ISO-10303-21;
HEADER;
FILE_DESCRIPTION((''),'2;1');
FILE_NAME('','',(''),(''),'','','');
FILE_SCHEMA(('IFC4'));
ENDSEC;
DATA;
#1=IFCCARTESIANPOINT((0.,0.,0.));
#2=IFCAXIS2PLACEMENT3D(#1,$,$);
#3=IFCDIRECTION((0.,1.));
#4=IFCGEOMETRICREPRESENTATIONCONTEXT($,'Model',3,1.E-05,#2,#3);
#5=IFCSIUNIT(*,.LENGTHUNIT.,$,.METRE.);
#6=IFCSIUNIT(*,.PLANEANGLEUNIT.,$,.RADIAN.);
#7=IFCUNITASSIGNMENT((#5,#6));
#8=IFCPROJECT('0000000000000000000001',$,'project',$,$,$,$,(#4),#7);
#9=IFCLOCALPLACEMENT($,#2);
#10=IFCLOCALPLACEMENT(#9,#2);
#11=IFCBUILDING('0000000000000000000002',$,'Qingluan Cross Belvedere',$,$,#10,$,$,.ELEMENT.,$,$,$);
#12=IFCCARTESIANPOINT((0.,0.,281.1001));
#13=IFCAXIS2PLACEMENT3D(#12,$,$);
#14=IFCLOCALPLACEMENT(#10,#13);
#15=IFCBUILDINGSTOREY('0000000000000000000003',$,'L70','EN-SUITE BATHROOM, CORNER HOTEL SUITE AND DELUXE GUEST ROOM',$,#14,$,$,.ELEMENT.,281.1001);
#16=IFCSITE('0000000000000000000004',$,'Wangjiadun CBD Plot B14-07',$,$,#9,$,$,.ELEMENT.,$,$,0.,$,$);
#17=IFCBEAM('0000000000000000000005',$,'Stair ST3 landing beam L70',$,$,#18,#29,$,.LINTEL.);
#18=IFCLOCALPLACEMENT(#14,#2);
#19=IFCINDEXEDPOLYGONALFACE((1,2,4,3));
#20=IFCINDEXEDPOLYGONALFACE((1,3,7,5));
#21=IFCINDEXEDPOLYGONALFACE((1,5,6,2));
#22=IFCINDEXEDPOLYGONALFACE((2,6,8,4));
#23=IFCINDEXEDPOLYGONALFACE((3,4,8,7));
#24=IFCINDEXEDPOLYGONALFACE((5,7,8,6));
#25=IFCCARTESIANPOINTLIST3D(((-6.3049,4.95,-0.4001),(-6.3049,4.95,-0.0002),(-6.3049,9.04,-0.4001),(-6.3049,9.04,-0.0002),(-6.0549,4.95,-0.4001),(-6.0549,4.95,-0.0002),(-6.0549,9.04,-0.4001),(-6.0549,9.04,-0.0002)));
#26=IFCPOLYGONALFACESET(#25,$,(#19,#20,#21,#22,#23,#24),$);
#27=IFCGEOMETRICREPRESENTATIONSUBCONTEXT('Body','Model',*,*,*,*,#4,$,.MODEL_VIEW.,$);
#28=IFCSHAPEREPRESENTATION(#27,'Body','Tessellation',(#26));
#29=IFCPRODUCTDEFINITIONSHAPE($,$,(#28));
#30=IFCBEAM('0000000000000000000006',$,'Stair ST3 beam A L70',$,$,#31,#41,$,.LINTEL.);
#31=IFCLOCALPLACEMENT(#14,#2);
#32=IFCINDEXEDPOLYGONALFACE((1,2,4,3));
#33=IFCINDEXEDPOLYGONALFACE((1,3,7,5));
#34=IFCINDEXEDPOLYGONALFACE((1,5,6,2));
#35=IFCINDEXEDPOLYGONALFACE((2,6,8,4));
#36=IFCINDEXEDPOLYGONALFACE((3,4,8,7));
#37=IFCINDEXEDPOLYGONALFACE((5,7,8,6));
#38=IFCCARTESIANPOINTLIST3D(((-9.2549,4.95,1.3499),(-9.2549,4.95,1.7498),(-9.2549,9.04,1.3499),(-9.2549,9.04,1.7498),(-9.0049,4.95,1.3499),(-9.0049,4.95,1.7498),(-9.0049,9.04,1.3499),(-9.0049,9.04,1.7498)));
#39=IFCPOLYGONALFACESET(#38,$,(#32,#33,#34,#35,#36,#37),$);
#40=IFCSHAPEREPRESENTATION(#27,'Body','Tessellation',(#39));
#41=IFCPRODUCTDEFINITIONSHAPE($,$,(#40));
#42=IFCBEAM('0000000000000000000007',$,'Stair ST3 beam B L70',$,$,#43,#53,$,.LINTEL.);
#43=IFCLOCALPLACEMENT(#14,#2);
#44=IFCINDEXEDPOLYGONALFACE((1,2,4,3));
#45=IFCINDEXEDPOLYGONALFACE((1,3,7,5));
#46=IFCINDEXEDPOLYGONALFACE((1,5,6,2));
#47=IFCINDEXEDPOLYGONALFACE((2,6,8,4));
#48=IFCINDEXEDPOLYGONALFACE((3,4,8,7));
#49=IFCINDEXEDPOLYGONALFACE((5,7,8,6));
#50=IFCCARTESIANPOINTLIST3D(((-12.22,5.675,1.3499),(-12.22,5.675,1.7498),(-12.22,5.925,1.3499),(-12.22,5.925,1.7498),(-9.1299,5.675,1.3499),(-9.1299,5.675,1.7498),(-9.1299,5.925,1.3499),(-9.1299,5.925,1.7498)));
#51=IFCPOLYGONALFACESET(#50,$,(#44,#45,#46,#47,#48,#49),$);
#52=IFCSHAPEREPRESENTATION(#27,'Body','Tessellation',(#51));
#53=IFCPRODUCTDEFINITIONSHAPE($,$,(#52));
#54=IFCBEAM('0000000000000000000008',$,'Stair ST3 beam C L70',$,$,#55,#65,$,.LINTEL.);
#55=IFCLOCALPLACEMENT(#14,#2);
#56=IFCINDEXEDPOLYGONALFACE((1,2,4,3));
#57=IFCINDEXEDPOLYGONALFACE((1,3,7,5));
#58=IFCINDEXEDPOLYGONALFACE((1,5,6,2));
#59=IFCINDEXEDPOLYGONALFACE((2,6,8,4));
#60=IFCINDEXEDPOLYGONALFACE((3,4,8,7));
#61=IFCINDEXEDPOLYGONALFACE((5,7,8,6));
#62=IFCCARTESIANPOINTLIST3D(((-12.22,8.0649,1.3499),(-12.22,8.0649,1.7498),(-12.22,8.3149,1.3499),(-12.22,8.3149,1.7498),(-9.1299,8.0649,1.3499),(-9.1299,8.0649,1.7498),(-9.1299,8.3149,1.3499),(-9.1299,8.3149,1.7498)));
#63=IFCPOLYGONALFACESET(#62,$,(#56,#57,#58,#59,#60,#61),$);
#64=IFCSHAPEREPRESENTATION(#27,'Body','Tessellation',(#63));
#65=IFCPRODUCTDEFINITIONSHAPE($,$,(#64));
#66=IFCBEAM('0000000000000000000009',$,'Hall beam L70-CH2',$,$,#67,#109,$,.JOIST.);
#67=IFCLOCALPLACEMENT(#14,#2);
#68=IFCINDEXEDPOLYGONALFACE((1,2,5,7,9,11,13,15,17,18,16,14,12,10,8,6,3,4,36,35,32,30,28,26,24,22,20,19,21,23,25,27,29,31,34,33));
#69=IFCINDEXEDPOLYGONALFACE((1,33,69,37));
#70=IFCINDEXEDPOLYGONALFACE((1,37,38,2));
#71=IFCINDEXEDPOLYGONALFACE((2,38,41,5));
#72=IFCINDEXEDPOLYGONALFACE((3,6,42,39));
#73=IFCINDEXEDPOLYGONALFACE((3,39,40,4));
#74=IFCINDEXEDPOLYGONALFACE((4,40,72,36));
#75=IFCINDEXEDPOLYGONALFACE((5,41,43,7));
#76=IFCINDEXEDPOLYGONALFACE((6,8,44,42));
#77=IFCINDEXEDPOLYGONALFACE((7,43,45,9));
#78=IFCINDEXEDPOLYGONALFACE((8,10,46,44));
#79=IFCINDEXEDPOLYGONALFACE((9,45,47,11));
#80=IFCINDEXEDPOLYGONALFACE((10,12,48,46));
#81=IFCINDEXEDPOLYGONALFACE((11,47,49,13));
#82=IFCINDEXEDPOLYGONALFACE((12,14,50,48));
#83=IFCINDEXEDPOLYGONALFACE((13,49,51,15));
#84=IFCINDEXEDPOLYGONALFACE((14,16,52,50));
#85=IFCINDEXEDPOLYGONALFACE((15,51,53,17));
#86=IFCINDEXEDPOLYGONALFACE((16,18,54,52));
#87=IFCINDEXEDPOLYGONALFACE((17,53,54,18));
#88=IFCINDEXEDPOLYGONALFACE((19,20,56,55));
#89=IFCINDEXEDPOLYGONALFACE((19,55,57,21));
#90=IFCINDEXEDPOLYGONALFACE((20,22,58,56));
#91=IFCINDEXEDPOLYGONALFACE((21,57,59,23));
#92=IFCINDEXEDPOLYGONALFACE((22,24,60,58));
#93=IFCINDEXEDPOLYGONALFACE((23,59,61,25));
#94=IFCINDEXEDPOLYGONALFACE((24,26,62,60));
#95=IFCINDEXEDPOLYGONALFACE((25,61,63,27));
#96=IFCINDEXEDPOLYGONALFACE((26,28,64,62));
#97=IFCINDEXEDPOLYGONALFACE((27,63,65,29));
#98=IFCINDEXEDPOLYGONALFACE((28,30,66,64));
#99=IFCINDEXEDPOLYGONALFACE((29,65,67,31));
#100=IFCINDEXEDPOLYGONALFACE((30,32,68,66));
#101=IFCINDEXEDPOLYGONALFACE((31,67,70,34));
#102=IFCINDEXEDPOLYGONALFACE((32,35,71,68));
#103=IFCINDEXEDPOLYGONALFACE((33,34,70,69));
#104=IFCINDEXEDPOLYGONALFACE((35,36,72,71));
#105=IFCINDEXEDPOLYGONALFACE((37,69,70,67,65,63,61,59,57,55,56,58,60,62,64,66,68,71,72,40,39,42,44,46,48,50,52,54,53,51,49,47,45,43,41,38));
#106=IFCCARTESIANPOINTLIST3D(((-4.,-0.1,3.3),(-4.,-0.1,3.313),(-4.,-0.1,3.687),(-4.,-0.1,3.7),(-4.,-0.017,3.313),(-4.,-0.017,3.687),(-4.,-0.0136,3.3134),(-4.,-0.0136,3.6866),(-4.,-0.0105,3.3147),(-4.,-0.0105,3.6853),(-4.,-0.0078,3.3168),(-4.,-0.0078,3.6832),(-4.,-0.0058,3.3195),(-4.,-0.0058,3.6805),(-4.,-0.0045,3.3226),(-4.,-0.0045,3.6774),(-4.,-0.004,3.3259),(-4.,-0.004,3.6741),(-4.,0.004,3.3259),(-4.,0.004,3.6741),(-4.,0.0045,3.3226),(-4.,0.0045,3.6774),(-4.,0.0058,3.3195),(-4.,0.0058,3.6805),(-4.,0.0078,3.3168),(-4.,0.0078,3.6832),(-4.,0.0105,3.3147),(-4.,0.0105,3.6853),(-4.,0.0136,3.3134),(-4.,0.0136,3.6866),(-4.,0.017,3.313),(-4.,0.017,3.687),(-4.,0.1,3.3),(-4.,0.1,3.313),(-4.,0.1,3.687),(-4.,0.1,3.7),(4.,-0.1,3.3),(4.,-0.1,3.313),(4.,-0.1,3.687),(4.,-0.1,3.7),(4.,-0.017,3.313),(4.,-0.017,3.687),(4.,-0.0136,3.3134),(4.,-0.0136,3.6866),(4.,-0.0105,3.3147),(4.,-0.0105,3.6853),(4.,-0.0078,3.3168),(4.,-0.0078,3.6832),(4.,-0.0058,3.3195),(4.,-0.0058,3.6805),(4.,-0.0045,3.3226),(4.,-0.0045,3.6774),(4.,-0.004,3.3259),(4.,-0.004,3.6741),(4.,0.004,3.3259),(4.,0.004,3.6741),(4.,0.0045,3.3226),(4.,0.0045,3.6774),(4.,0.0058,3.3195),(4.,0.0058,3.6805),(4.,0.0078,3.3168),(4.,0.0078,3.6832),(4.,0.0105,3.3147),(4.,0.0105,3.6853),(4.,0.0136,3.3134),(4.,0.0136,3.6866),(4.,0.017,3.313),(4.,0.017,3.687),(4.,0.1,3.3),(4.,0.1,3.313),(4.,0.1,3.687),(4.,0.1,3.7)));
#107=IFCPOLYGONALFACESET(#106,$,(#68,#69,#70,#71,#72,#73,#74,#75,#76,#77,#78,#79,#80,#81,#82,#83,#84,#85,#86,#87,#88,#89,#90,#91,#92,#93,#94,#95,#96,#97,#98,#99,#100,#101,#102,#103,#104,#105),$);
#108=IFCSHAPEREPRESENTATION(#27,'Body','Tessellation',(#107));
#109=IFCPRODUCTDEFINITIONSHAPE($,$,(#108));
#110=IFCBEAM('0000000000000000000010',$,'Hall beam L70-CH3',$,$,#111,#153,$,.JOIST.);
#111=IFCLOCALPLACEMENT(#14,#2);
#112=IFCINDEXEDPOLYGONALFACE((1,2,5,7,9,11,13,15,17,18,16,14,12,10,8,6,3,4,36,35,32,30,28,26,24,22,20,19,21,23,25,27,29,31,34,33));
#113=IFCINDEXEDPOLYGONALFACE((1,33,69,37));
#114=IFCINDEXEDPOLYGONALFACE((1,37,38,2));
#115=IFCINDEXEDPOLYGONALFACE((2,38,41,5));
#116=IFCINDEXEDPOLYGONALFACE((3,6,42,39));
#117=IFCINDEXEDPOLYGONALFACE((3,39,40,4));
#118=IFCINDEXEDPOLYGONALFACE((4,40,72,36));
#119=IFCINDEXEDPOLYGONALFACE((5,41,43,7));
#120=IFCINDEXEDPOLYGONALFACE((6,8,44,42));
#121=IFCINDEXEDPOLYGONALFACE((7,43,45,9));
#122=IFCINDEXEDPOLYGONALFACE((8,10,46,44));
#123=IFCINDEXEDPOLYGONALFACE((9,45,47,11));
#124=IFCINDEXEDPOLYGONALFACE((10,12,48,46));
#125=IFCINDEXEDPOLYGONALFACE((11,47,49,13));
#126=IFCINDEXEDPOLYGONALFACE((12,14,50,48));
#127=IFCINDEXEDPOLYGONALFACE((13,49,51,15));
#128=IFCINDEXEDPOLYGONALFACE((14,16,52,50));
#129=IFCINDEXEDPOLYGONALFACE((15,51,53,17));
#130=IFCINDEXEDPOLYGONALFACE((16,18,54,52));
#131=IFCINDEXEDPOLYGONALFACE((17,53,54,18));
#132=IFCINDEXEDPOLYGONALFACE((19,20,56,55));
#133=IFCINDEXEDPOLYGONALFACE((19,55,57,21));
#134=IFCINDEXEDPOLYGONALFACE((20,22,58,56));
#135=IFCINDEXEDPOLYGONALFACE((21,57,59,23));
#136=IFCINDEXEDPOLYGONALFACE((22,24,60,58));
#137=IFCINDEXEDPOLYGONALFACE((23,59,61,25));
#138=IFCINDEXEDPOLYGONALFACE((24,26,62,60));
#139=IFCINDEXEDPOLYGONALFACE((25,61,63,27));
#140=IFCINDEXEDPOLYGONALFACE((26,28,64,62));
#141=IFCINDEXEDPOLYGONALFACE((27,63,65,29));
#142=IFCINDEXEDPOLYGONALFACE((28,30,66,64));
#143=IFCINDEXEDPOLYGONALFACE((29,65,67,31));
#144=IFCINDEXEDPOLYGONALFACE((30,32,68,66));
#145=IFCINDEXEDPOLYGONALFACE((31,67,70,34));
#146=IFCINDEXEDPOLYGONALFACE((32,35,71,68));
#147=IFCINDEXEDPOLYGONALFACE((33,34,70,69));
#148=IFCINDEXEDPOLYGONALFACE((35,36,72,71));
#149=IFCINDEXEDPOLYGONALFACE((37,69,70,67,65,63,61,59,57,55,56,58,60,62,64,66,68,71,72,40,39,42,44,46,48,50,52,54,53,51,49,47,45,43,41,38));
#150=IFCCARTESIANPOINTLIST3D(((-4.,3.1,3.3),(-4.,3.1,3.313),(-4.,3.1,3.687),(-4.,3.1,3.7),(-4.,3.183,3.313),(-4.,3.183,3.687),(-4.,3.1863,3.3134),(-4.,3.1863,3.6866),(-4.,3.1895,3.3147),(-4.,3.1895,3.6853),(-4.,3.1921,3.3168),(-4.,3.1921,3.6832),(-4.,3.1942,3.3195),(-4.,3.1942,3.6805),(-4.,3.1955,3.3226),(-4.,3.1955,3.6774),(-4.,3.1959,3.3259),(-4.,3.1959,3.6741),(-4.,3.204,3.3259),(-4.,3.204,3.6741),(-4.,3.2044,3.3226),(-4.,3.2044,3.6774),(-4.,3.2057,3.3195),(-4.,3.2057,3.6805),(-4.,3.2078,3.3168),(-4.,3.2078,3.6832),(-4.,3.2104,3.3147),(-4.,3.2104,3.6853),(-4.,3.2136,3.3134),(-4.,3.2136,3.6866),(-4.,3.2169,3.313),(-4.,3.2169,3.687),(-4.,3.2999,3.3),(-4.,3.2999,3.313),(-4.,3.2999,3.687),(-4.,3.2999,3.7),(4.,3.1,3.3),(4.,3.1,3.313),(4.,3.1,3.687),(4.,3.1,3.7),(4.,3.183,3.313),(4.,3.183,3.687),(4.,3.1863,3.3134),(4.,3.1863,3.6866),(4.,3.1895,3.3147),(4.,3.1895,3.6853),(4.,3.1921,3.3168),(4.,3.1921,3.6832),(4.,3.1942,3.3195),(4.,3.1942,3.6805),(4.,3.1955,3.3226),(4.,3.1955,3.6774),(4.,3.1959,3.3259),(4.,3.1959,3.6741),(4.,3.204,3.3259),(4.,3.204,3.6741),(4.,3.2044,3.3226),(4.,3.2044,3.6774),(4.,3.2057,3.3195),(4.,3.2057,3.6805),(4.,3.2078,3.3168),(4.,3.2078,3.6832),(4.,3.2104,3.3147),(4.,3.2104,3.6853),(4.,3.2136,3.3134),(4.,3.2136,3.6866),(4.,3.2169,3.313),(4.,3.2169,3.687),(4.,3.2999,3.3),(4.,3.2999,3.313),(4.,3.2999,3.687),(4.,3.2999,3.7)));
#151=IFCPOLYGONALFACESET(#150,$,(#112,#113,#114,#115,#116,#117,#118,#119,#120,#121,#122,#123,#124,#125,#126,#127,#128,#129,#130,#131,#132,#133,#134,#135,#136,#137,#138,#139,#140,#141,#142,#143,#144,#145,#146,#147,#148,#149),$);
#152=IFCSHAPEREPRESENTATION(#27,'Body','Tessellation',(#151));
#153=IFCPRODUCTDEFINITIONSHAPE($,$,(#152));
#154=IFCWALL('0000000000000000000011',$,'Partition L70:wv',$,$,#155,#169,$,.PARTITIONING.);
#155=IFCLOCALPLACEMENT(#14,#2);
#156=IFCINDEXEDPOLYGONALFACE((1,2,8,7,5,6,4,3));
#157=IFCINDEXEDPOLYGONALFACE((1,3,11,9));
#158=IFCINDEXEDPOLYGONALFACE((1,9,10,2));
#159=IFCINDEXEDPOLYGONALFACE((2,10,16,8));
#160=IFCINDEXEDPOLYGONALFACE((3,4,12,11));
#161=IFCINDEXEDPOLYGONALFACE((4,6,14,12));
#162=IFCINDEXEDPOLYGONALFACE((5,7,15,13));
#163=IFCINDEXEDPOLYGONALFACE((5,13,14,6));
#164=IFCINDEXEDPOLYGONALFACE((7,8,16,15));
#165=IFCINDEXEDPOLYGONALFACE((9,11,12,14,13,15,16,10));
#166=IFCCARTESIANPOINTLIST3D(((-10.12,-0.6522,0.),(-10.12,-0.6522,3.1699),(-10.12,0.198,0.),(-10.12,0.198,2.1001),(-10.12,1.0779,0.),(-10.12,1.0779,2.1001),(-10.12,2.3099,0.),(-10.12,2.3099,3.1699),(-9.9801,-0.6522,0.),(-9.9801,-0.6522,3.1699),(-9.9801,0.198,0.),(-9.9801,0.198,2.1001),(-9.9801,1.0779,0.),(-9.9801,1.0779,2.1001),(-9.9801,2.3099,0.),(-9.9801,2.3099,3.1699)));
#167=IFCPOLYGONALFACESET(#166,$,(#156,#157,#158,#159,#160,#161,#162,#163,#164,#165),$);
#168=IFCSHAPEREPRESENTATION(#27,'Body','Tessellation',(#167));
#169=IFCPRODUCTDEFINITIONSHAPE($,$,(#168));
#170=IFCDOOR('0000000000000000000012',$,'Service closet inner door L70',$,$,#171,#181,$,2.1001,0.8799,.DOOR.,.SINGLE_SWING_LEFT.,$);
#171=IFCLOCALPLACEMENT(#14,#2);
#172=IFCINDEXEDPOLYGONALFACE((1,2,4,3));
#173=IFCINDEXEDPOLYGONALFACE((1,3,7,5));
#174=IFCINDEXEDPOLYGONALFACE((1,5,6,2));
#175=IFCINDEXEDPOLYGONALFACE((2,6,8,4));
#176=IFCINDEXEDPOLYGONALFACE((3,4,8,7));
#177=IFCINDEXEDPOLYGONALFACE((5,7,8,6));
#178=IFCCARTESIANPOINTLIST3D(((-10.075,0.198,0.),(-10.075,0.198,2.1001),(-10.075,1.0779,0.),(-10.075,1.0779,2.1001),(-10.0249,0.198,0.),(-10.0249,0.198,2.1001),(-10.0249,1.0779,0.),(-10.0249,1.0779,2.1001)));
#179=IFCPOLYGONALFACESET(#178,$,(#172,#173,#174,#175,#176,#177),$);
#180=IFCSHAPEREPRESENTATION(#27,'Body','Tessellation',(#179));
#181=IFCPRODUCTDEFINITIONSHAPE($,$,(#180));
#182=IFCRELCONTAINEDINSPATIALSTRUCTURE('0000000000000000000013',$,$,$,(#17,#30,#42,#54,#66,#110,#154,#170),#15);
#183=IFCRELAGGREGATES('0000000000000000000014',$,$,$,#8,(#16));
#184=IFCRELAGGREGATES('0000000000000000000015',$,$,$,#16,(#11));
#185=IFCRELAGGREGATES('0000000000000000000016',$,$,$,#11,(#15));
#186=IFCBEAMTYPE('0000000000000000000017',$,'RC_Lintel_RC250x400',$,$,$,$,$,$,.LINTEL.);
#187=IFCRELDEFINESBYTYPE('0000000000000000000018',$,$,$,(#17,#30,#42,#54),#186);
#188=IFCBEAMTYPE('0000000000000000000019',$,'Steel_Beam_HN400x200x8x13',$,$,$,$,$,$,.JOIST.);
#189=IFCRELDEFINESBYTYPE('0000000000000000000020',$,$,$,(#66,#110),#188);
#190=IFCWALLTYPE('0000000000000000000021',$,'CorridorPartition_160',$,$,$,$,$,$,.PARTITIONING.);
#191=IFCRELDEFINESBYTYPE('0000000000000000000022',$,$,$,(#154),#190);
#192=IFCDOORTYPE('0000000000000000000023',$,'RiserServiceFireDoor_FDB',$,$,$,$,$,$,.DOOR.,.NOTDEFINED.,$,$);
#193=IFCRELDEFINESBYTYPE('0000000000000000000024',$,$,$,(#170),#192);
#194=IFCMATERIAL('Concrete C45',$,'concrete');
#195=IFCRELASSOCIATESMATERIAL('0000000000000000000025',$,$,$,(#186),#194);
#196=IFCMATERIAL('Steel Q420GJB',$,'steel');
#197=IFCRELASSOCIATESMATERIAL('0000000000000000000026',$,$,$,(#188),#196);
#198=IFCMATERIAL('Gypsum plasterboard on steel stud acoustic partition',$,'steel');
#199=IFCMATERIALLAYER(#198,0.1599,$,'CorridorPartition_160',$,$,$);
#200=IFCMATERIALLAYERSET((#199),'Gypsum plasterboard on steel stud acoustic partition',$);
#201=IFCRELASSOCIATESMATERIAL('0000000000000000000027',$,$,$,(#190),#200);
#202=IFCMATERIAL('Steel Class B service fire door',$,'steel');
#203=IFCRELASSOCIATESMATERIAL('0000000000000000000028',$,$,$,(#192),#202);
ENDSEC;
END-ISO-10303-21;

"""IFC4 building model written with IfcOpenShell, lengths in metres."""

from ifc_helpers import new_model, si_unit, direction, frame, frame_2d, origin, origin_2d, place, context, subcontext, project, spatial, rectangle, i_section, extrude, material, layer, layer_set, material_profile, profile_set, type_object, element, fill, save


model = new_model("IFC4")

# Units and contexts
model_context = context("Model", 3, precision=1e-05, world=origin(), true_north=direction((0.0, 1.0)))
body_context = subcontext(model_context, "Body", "Model", "MODEL_VIEW")
ifc_project = project(units=[si_unit("LENGTHUNIT", "METRE"), si_unit("PLANEANGLEUNIT", "RADIAN")], contexts=[model_context])

# Site, building, storey
site_placement = place(None, origin())
site = spatial("IfcSite", under=ifc_project, at=site_placement, Name="Wangjiadun CBD Plot B14-07", CompositionType="ELEMENT", RefElevation=0.0)
building_placement = place(site_placement, origin())
building = spatial("IfcBuilding", under=site, at=building_placement, Name="Qingluan Cross Belvedere", CompositionType="ELEMENT")
storey_placement = place(building_placement, frame((0.0, 0.0, 281.1001)))
storey = spatial("IfcBuildingStorey", under=building, at=storey_placement, Name="L70", Description="EN-SUITE BATHROOM, CORNER HOTEL SUITE AND DELUXE GUEST ROOM", CompositionType="ELEMENT", Elevation=281.1001)

# Beams
ifc_material_1 = material(Name="Concrete C45", Category="concrete")
ifc_material_profile_1 = material_profile(ifc_material_1, rectangle(XDim=0.25, YDim=0.3999, at=origin_2d()), Name="RC250x400")
ifc_profile_set_1 = profile_set([ifc_material_profile_1], Name="Concrete C45")
beam_type_1 = type_object("IfcBeamType", Name="RC_Lintel_RC250x400", PredefinedType="LINTEL", material=ifc_profile_set_1)
for number, where, z_axis, x_axis, name in (
    (1, (-6.1799, 4.95, -0.2002), (0.0, 1.0, 0.0), (-1.0, 0.0, 0.0), "Stair ST3 landing beam L70"),
    (2, (-9.1299, 4.95, 1.5498), (0.0, 1.0, 0.0), (-1.0, 0.0, 0.0), "Stair ST3 beam A L70"),
):
    element("IfcBeam", number, at=place(storey_placement, frame(where, z_axis=z_axis, x_axis=x_axis)), inside=storey, type_object=beam_type_1, Name=name, PredefinedType="LINTEL", context=body_context, shape_type="SweptSolid", body=[
        extrude(rectangle(XDim=0.25, YDim=0.3999, at=origin_2d()), origin(), (0.0, 0.0, 1.0), 4.0901),
    ])
for number, where, z_axis, x_axis, name in (
    (3, (-12.22, 5.8, 1.5498), (1.0, 0.0, 0.0), (0.0, 1.0, 0.0), "Stair ST3 beam B L70"),
    (4, (-12.22, 8.1899, 1.5498), (1.0, 0.0, 0.0), (0.0, 1.0, 0.0), "Stair ST3 beam C L70"),
):
    element("IfcBeam", number, at=place(storey_placement, frame(where, z_axis=z_axis, x_axis=x_axis)), inside=storey, type_object=beam_type_1, Name=name, PredefinedType="LINTEL", context=body_context, shape_type="SweptSolid", body=[
        extrude(rectangle(XDim=0.25, YDim=0.3999, at=origin_2d()), origin(), (0.0, 0.0, 1.0), 3.0901),
    ])
ifc_material_2 = material(Name="Steel Q420GJB", Category="steel")
ifc_material_profile_2 = material_profile(ifc_material_2, i_section(OverallWidth=0.2, OverallDepth=0.3999, WebThickness=0.0081, FlangeThickness=0.0129, FilletRadius=0.0129, at=origin_2d()), Name="HN400x200x8x13")
ifc_profile_set_2 = profile_set([ifc_material_profile_2], Name="Steel Q420GJB")
beam_type_2 = type_object("IfcBeamType", Name="Steel_Beam_HN400x200x8x13", PredefinedType="JOIST", material=ifc_profile_set_2)
for number, where, z_axis, x_axis, name in (
    (5, (-4.0, 0.0, 3.5), (1.0, 0.0, 0.0), (0.0, 1.0, 0.0), "Hall beam L70-CH2"),
    (6, (-4.0, 3.2, 3.5), (1.0, 0.0, 0.0), (0.0, 1.0, 0.0), "Hall beam L70-CH3"),
):
    element("IfcBeam", number, at=place(storey_placement, frame(where, z_axis=z_axis, x_axis=x_axis)), inside=storey, type_object=beam_type_2, Name=name, PredefinedType="JOIST", context=body_context, shape_type="SweptSolid", body=[
        extrude(i_section(OverallWidth=0.2, OverallDepth=0.3999, WebThickness=0.0081, FlangeThickness=0.0129, FilletRadius=0.0129, at=origin_2d()), origin(), (0.0, 0.0, 1.0), 8.0),
    ])

# Wall, opening, door
ifc_material_3 = material(Name="Gypsum plasterboard on steel stud acoustic partition", Category="steel")
ifc_layer_1 = layer(ifc_material_3, 0.1599, Name="CorridorPartition_160")
ifc_layer_set_1 = layer_set([ifc_layer_1], Name="Gypsum plasterboard on steel stud acoustic partition")
wall_type_1 = type_object("IfcWallType", Name="CorridorPartition_160", PredefinedType="PARTITIONING", material=ifc_layer_set_1)
wall_1_placement = place(storey_placement, frame((-10.05, -0.6521, 0.0), z_axis=(0.0, 0.0, 1.0), x_axis=(0.0, 1.0, 0.0)))
wall_1 = element("IfcWall", 7, at=wall_1_placement, inside=storey, type_object=wall_type_1, Name="Partition L70:wv", PredefinedType="PARTITIONING", context=body_context, shape_type="SweptSolid", body=[
    extrude(rectangle(XDim=2.9622, YDim=0.1399, at=frame_2d((1.481, 0.0))), origin(), (0.0, 0.0, 1.0), 3.1699),
])
opening_1_placement = place(wall_1_placement, frame((0.8501, 0.0, 0.0)))
opening_1 = element("IfcOpeningElement", 8, at=opening_1_placement, cuts=wall_1, PredefinedType="OPENING", context=body_context, shape_type="SweptSolid", body=[
    extrude(rectangle(XDim=0.8799, YDim=2.1001, at=frame_2d((0.4399, 1.05))), frame((0.0, 0.0798, 0.0), z_axis=(0.0, -1.0, 0.0), x_axis=(1.0, 0.0, 0.0)), (0.0, 0.0, 1.0), 0.1599),
])
ifc_material_4 = material(Name="Steel Class B service fire door", Category="steel")
door_type_1 = type_object("IfcDoorType", Name="RiserServiceFireDoor_FDB", OperationType="NOTDEFINED", PredefinedType="DOOR", material=ifc_material_4)
door_1_placement = place(opening_1_placement, origin())
door_1 = element("IfcDoor", 9, at=door_1_placement, inside=storey, type_object=door_type_1, Name="Service closet inner door L70", OperationType="SINGLE_SWING_LEFT", OverallHeight=2.1001, OverallWidth=0.8799, PredefinedType="DOOR", context=body_context, shape_type="SweptSolid", body=[
    extrude(rectangle(XDim=0.8799, YDim=2.1001, at=frame_2d((0.4399, 1.05))), frame((0.0, 0.0249, 0.0), z_axis=(0.0, -1.0, 0.0), x_axis=(1.0, 0.0, 0.0)), (0.0, 0.0, 1.0), 0.05),
])
fill(opening_1, door_1)

save(model, "model.ifc")
